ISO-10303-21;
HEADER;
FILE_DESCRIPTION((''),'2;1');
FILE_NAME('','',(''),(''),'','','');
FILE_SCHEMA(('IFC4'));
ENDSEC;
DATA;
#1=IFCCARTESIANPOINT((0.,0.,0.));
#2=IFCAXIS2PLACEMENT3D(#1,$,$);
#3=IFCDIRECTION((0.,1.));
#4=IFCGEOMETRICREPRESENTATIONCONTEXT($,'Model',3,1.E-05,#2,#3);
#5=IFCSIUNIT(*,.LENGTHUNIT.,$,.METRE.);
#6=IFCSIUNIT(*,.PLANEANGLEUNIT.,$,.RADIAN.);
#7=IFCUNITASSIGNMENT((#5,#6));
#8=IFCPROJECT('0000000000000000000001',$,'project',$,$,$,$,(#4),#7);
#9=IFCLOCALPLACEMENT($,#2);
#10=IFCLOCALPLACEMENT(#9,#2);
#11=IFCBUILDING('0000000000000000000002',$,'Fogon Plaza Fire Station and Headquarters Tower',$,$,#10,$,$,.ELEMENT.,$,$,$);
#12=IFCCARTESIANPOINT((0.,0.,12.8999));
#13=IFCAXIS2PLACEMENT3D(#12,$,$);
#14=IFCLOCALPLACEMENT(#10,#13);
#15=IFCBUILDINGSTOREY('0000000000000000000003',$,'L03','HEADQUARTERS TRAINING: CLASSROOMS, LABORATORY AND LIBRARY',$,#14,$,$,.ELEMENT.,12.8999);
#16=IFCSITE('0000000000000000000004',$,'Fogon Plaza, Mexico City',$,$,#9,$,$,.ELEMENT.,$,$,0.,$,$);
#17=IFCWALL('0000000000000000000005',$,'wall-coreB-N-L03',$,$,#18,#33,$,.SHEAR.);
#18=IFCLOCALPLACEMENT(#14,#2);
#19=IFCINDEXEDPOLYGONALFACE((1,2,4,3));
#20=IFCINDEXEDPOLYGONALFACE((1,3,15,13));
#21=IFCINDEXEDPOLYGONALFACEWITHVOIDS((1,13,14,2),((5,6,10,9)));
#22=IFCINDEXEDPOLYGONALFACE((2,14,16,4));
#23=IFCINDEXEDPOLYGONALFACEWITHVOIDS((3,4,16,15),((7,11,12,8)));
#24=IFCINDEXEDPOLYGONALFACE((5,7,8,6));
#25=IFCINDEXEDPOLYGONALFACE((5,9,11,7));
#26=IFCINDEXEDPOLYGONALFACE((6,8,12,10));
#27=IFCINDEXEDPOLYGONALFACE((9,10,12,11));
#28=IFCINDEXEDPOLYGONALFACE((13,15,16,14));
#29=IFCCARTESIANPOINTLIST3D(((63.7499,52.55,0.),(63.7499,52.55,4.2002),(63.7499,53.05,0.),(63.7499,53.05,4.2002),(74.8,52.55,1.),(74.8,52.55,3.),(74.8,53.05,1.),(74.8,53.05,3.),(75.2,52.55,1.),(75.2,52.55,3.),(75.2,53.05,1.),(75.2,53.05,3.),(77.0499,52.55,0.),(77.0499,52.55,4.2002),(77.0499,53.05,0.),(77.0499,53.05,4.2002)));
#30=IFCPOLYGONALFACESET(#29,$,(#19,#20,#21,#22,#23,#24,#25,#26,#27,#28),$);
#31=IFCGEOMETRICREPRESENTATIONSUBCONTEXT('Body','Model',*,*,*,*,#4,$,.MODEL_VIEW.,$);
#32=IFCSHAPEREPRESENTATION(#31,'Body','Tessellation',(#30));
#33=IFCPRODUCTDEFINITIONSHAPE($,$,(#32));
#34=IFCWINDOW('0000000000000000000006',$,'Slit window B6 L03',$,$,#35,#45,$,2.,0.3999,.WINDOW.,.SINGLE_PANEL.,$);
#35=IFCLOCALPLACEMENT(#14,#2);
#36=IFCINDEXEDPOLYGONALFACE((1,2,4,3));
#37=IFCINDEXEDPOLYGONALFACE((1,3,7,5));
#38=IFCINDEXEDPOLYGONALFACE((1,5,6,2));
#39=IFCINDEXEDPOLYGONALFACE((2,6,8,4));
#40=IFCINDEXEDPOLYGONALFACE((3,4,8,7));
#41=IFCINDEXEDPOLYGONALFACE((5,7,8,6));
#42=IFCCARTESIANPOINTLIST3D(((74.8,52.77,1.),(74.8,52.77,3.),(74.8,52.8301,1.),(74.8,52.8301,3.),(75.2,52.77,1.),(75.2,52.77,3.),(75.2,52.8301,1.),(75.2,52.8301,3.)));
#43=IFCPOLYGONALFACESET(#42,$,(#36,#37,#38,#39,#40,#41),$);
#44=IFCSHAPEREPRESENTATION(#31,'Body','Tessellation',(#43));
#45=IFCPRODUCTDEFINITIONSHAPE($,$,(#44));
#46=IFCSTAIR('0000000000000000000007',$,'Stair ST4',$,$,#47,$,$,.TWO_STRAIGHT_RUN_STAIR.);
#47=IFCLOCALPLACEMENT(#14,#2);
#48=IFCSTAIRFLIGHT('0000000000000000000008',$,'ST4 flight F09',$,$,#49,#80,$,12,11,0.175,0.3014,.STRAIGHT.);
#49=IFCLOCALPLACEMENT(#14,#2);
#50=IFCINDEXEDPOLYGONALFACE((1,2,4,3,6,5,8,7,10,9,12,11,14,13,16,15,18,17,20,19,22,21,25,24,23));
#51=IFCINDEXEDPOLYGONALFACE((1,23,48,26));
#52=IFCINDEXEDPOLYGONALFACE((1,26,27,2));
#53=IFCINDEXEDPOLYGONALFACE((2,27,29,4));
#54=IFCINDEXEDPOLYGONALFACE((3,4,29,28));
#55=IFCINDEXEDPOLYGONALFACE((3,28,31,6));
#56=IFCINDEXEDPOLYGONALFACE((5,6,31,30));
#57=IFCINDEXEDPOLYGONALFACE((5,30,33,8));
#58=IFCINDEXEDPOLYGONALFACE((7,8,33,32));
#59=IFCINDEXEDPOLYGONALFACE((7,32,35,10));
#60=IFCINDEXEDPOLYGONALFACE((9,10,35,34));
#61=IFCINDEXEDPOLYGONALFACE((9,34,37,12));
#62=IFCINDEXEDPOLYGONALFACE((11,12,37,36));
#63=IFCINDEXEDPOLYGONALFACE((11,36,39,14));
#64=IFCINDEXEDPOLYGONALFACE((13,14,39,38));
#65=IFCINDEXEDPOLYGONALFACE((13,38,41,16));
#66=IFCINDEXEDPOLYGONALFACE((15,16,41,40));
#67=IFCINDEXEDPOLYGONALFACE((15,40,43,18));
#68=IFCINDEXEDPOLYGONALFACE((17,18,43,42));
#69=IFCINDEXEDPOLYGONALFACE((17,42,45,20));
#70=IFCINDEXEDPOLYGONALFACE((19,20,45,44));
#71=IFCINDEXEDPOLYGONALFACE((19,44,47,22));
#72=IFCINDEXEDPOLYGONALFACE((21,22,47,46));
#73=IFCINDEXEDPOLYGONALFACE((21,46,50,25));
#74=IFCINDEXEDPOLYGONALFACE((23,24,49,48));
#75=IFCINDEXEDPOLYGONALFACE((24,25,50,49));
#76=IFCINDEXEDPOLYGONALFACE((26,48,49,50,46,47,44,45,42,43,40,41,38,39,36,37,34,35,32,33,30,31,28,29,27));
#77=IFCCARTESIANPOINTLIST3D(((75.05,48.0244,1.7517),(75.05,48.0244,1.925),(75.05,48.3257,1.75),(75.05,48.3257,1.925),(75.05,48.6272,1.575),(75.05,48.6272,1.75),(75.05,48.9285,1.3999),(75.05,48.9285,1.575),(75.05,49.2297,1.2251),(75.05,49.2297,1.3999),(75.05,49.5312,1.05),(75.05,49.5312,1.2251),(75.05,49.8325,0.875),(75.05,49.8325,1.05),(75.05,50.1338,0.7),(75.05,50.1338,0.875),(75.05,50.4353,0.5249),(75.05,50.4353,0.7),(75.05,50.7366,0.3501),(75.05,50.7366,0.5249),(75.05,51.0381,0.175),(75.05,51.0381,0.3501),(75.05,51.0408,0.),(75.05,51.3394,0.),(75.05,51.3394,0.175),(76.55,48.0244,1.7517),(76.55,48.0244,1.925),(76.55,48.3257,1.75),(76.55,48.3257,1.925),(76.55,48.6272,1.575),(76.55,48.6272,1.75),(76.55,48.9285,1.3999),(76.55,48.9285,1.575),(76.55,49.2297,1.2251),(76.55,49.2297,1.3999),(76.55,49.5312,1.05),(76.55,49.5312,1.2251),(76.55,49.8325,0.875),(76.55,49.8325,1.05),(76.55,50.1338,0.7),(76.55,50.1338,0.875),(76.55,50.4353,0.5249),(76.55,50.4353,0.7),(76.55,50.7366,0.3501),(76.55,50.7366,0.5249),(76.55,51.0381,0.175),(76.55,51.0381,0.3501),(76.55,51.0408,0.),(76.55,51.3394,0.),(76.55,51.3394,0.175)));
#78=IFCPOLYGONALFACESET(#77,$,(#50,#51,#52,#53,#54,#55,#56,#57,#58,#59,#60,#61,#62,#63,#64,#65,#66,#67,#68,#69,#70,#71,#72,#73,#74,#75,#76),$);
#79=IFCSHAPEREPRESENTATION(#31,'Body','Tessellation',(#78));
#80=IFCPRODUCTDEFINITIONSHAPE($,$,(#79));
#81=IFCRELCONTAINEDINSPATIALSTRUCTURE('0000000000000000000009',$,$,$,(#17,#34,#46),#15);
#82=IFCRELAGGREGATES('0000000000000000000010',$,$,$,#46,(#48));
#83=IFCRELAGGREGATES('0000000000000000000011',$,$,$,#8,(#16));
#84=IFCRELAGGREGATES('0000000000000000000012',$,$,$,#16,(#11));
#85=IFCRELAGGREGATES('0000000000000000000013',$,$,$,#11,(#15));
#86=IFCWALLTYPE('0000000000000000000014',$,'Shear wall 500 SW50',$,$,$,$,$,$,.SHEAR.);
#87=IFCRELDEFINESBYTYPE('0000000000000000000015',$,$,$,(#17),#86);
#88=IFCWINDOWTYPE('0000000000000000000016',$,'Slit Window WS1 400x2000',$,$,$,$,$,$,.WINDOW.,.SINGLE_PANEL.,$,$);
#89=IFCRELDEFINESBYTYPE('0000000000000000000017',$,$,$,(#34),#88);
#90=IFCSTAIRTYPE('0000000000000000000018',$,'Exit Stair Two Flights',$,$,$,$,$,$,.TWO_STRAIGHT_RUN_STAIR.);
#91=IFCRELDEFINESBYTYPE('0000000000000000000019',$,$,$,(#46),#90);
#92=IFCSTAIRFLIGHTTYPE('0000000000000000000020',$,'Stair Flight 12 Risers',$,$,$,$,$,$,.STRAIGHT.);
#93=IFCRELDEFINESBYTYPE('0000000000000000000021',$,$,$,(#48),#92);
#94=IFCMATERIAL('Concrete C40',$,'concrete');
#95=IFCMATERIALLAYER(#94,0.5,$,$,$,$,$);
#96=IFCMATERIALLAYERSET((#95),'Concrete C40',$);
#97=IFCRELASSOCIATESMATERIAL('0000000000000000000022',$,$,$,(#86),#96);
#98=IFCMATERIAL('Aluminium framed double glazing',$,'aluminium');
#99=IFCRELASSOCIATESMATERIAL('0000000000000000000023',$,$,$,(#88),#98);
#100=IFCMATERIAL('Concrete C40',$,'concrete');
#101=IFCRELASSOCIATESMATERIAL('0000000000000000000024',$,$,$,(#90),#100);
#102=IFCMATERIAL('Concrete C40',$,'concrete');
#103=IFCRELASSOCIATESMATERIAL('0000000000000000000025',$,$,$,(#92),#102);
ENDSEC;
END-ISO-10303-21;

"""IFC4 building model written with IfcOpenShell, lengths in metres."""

from ifc_helpers import new_model, si_unit, direction, frame, frame_2d, origin, place, context, subcontext, project, spatial, polyline, rectangle, outline, extrude, material, layer, layer_set, type_object, element, fill, aggregate, save


model = new_model("IFC4")

# Units and contexts
model_context = context("Model", 3, precision=1e-05, world=origin(), true_north=direction((0.0, 1.0)))
body_context = subcontext(model_context, "Body", "Model", "MODEL_VIEW")
ifc_project = project(units=[si_unit("LENGTHUNIT", "METRE"), si_unit("PLANEANGLEUNIT", "RADIAN")], contexts=[model_context])

# Site, building, storey
site_placement = place(None, origin())
site = spatial("IfcSite", under=ifc_project, at=site_placement, Name="Fogon Plaza, Mexico City", CompositionType="ELEMENT", RefElevation=0.0)
building_placement = place(site_placement, origin())
building = spatial("IfcBuilding", under=site, at=building_placement, Name="Fogon Plaza Fire Station and Headquarters Tower", CompositionType="ELEMENT")
storey_placement = place(building_placement, frame((0.0, 0.0, 12.8999)))
storey = spatial("IfcBuildingStorey", under=building, at=storey_placement, Name="L03", Description="HEADQUARTERS TRAINING: CLASSROOMS, LABORATORY AND LIBRARY", CompositionType="ELEMENT", Elevation=12.8999)

# Wall, opening, window
ifc_material_1 = material(Name="Concrete C40", Category="concrete")
ifc_layer_1 = layer(ifc_material_1, 0.5)
ifc_layer_set_1 = layer_set([ifc_layer_1], Name="Concrete C40")
wall_type_1 = type_object("IfcWallType", Name="Shear wall 500 SW50", PredefinedType="SHEAR", material=ifc_layer_set_1)
wall_1_placement = place(storey_placement, frame((63.75, 52.8, 0.0), z_axis=(0.0, 0.0, 1.0), x_axis=(1.0, 0.0, 0.0)))
wall_1 = element("IfcWall", 1, at=wall_1_placement, inside=storey, type_object=wall_type_1, Name="wall-coreB-N-L03", PredefinedType="SHEAR", context=body_context, shape_type="SweptSolid", body=[
    extrude(rectangle(XDim=13.3, YDim=0.5, at=frame_2d((6.6499, 0.0))), origin(), (0.0, 0.0, 1.0), 4.2002),
])
opening_placement = place(wall_1_placement, frame((11.05, 0.0, 1.0)))
opening = element("IfcOpeningElement", 2, at=opening_placement, cuts=wall_1, PredefinedType="OPENING", context=body_context, shape_type="SweptSolid", body=[
    extrude(rectangle(XDim=0.3999, YDim=2.0, at=frame_2d((0.2, 1.0))), frame((0.0, 0.26, 0.0), z_axis=(0.0, -1.0, 0.0), x_axis=(1.0, 0.0, 0.0)), (0.0, 0.0, 1.0), 0.52),
])
ifc_material_2 = material(Name="Aluminium framed double glazing", Category="aluminium")
window_type = type_object("IfcWindowType", Name="Slit Window WS1 400x2000", PartitioningType="SINGLE_PANEL", PredefinedType="WINDOW", material=ifc_material_2)
window_placement = place(opening_placement, origin())
window = element("IfcWindow", 3, at=window_placement, inside=storey, type_object=window_type, Name="Slit window B6 L03", OverallHeight=2.0, OverallWidth=0.3999, PartitioningType="SINGLE_PANEL", PredefinedType="WINDOW", context=body_context, shape_type="SweptSolid", body=[
    extrude(rectangle(XDim=0.3999, YDim=2.0, at=frame_2d((0.2, 1.0))), frame((0.0, 0.03, 0.0), z_axis=(0.0, -1.0, 0.0), x_axis=(1.0, 0.0, 0.0)), (0.0, 0.0, 1.0), 0.0601),
])
fill(opening, window)

# Stair, stair flight
ifc_material_3 = material(Name="Concrete C40", Category="concrete")
stair_type = type_object("IfcStairType", Name="Exit Stair Two Flights", PredefinedType="TWO_STRAIGHT_RUN_STAIR", material=ifc_material_3)
stair_placement = place(storey_placement, origin())
stair = element("IfcStair", 4, at=stair_placement, inside=storey, type_object=stair_type, Name="Stair ST4", PredefinedType="TWO_STRAIGHT_RUN_STAIR")
ifc_material_4 = material(Name="Concrete C40", Category="concrete")
stair_flight_type = type_object("IfcStairFlightType", Name="Stair Flight 12 Risers", PredefinedType="STRAIGHT", material=ifc_material_4)
stair_flight_placement = place(storey_placement, frame((75.8, 51.3394, 0.0), z_axis=(0.0, 0.0, 1.0), x_axis=(0.0, -1.0, 0.0)))
stair_flight = element("IfcStairFlight", 5, at=stair_flight_placement, type_object=stair_flight_type, Name="ST4 flight F09", NumberOfRisers=12, NumberOfTreads=11, PredefinedType="STRAIGHT", RiserHeight=0.175, TreadLength=0.3014, context=body_context, shape_type="SweptSolid", body=[
    extrude(outline(polyline([(0.0, 0.0), (0.0, 0.175), (0.3013, 0.175), (0.3013, 0.3501), (0.6028, 0.3501), (0.6028, 0.5249), (0.9041, 0.5249), (0.9041, 0.7), (1.2056, 0.7), (1.2056, 0.875), (1.5068, 0.875), (1.5068, 1.05), (1.8081, 1.05), (1.8081, 1.2251), (2.1096, 1.2251), (2.1096, 1.3999), (2.4109, 1.3999), (2.4109, 1.575), (2.7122, 1.575), (2.7122, 1.75), (3.0137, 1.75), (3.0137, 1.925), (3.3149, 1.925), (3.3149, 2.1001), (3.3149, 1.7517), (0.2986, 0.0), (0.0, 0.0)])), frame((0.0, 0.75, 0.0), z_axis=(0.0, -1.0, 0.0), x_axis=(1.0, 0.0, 0.0)), (0.0, 0.0, 1.0), 1.5),
])
aggregate(stair, [stair_flight])

save(model, "model.ifc")
